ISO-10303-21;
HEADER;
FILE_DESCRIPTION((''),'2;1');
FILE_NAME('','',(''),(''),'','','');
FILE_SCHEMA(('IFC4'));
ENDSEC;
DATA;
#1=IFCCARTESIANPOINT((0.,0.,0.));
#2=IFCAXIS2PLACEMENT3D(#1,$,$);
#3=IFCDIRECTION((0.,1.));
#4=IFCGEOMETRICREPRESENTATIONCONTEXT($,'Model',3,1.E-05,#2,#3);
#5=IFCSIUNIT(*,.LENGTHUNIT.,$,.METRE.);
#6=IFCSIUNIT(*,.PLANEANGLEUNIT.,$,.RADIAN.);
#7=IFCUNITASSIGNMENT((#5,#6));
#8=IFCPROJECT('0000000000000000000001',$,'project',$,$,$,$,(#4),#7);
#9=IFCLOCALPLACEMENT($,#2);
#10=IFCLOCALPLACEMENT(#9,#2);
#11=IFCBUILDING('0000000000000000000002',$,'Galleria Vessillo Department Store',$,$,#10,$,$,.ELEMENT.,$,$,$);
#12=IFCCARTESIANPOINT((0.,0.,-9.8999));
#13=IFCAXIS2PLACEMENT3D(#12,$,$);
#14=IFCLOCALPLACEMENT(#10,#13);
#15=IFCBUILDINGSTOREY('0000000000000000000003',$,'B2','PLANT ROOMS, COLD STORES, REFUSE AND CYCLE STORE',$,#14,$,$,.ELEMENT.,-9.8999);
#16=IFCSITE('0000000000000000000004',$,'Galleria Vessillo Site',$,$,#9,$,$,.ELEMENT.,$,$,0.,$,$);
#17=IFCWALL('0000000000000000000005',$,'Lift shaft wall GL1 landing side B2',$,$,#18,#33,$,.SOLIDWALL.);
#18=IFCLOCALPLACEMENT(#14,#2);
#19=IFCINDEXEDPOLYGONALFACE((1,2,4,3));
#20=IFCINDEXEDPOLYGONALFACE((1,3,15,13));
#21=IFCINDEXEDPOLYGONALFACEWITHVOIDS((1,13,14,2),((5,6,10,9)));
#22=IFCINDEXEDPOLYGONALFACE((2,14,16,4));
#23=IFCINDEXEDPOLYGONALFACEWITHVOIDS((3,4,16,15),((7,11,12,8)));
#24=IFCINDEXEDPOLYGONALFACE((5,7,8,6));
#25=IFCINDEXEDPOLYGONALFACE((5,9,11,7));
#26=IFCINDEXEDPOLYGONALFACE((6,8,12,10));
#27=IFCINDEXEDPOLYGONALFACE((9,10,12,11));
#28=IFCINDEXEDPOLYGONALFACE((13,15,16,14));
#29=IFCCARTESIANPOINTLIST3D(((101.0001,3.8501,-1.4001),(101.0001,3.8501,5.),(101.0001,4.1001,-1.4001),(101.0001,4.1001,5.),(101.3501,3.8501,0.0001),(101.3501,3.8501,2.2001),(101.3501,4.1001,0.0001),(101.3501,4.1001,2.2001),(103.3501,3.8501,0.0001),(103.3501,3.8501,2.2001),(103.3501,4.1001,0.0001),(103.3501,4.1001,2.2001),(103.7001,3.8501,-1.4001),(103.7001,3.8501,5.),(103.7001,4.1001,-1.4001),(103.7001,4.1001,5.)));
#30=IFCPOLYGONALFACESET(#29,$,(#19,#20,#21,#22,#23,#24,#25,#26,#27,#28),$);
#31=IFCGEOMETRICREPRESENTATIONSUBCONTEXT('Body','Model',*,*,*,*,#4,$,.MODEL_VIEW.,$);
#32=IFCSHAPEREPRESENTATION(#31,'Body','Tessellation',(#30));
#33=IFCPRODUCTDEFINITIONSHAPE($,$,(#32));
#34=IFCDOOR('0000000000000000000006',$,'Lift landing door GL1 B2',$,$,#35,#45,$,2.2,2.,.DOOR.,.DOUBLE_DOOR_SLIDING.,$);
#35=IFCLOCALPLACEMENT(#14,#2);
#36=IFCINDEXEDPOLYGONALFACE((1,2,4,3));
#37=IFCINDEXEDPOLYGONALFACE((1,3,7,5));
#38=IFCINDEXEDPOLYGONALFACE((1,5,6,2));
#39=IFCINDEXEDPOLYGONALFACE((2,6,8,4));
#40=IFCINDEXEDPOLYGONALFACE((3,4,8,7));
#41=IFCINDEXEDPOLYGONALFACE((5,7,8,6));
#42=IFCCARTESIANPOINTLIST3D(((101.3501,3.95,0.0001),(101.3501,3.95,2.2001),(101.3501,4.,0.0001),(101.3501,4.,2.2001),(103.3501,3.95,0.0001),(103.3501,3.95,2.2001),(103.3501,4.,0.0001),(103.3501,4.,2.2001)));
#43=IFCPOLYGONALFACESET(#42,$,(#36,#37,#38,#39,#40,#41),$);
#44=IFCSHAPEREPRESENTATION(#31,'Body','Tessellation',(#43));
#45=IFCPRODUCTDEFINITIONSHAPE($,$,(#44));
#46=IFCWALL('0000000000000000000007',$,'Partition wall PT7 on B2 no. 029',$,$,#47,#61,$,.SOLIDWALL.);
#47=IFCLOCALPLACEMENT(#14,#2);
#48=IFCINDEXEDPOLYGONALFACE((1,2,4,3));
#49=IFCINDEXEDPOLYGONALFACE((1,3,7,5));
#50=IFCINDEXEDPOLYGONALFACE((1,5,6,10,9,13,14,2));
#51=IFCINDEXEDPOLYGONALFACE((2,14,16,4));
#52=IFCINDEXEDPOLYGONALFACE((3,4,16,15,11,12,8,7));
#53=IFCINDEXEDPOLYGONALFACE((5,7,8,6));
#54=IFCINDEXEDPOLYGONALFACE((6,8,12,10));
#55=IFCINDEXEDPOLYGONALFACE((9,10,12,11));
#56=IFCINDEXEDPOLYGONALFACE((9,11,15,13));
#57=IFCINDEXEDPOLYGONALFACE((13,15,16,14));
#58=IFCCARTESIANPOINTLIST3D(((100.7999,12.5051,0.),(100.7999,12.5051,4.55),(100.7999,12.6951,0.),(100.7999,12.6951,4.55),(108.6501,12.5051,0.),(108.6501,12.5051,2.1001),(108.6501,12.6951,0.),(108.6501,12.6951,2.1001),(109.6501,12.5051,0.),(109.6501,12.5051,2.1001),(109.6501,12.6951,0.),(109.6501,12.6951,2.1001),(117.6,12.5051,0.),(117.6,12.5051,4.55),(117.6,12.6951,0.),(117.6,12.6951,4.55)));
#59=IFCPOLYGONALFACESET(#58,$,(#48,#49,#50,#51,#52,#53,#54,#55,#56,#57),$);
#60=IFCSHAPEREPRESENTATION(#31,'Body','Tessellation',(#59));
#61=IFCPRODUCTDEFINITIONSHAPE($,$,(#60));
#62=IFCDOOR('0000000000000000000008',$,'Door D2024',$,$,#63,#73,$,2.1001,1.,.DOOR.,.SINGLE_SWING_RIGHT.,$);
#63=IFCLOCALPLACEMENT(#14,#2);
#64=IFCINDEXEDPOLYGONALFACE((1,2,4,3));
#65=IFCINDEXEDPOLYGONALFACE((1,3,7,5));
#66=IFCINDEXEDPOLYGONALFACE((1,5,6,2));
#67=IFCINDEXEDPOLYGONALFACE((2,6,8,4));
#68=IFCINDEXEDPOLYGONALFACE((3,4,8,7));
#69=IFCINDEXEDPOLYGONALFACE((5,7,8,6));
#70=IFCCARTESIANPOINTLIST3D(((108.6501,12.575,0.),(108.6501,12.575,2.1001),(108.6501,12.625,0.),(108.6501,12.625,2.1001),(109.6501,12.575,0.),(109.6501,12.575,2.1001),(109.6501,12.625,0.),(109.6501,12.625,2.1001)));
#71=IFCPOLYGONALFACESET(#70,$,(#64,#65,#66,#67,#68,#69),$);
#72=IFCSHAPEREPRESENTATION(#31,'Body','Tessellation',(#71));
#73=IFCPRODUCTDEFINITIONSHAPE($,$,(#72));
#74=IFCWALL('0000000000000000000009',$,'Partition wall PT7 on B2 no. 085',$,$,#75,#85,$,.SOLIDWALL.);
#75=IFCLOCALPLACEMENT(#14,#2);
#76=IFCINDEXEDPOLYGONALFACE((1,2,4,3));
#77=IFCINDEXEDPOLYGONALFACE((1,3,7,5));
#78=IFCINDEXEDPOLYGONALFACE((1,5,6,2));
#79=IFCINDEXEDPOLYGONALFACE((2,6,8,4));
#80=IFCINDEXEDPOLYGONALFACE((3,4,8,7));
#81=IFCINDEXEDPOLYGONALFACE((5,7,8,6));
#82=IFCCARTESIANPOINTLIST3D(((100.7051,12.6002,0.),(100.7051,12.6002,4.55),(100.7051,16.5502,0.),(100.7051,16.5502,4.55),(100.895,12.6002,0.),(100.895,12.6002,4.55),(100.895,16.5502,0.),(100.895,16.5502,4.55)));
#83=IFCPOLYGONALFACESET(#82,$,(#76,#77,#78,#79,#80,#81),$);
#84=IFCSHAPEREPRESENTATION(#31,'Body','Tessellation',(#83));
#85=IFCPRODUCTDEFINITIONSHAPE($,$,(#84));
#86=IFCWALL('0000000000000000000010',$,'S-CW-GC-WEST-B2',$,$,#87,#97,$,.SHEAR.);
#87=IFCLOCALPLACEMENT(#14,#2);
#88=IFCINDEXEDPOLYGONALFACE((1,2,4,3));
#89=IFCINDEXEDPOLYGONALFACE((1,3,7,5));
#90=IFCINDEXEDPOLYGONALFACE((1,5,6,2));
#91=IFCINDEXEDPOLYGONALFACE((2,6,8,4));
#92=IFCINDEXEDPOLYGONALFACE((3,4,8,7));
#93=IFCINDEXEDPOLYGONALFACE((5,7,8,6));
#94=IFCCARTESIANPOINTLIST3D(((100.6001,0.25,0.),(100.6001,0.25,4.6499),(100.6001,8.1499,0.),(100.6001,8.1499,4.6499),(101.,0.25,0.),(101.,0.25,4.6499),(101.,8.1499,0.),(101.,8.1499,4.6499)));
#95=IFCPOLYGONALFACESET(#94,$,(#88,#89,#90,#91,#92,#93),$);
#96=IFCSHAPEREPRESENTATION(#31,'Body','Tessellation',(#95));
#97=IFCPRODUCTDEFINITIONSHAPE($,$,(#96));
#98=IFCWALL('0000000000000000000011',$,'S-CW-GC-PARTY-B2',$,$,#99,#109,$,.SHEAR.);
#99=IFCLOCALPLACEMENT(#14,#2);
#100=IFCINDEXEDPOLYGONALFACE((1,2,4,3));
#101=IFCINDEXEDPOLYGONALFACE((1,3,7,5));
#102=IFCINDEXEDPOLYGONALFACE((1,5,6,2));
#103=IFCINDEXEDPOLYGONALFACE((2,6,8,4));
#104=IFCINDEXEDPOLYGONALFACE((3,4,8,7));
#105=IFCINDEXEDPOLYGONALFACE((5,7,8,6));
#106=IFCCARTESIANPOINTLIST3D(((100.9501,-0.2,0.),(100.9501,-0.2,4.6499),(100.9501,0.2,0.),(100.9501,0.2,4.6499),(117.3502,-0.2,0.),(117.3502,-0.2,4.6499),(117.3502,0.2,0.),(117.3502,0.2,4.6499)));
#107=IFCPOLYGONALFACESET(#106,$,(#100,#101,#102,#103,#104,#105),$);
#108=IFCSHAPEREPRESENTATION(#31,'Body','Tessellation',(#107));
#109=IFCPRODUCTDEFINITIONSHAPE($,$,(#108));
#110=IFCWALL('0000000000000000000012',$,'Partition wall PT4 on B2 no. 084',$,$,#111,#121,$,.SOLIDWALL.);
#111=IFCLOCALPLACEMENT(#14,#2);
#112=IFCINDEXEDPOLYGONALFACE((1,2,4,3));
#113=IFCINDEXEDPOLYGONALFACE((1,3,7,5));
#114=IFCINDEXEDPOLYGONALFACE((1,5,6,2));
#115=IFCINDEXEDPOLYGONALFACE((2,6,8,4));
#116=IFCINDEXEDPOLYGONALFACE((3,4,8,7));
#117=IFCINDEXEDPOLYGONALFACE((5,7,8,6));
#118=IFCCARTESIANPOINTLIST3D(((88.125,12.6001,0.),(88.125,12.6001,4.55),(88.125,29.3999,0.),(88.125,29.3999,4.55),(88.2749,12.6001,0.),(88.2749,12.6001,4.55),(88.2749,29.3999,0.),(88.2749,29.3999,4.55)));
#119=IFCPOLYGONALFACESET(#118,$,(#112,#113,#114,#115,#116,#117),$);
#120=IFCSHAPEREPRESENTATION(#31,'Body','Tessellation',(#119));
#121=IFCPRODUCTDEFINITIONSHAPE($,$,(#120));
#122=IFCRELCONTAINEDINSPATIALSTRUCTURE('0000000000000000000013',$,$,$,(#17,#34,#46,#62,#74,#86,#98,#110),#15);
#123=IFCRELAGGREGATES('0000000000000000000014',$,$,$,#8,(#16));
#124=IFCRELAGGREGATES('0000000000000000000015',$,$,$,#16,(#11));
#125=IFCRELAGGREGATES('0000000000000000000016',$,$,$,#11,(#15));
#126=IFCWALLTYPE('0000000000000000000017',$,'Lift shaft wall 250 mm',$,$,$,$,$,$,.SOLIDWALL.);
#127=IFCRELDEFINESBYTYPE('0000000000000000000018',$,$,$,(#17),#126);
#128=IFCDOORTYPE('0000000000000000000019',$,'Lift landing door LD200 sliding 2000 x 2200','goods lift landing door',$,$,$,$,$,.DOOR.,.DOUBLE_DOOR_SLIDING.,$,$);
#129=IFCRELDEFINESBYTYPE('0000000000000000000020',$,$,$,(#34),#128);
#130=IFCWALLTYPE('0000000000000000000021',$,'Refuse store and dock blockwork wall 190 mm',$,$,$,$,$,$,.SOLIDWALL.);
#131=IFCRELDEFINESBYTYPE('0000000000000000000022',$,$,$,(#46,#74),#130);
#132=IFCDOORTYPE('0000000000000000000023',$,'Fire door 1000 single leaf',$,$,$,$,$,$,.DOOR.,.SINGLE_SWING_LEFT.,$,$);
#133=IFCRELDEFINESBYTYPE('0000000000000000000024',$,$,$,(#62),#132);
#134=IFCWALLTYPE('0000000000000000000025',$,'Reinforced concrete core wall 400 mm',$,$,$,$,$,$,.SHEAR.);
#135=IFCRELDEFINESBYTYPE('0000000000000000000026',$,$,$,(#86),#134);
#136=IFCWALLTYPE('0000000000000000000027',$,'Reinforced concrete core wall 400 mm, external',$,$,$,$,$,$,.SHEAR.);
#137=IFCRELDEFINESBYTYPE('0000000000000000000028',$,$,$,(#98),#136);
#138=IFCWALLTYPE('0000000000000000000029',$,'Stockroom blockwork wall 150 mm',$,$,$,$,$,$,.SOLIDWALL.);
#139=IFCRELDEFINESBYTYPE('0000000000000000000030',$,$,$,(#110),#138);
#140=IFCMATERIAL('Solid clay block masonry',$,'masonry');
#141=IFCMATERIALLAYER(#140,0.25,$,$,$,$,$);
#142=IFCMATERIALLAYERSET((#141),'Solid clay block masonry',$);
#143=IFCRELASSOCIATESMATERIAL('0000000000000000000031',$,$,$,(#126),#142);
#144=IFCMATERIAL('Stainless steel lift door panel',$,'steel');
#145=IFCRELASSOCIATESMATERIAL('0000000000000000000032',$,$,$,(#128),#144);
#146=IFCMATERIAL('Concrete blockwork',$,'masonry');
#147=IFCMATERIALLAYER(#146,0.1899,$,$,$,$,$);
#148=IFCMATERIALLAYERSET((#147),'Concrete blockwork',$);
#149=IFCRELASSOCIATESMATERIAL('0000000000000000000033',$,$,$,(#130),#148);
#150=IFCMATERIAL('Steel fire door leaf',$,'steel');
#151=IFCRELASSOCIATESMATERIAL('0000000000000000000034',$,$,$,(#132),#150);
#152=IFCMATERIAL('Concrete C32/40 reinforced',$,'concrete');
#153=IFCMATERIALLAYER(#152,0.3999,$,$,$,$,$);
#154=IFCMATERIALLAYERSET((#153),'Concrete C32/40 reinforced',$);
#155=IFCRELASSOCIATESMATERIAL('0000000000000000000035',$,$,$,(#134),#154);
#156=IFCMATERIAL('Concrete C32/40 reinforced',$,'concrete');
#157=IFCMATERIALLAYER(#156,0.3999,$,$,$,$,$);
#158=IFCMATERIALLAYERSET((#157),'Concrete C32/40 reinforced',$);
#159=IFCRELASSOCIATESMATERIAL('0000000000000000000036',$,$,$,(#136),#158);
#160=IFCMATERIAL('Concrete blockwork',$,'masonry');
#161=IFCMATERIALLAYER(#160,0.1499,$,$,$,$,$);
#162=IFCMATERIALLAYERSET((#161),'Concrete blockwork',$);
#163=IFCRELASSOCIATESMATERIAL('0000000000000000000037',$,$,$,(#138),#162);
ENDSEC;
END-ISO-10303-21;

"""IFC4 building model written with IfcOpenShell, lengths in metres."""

from ifc_helpers import new_model, si_unit, direction, frame, frame_2d, origin, place, context, subcontext, project, spatial, rectangle, extrude, material, layer, layer_set, type_object, element, fill, save


model = new_model("IFC4")

# Units and contexts
model_context = context("Model", 3, precision=1e-05, world=origin(), true_north=direction((0.0, 1.0)))
body_context = subcontext(model_context, "Body", "Model", "MODEL_VIEW")
ifc_project = project(units=[si_unit("LENGTHUNIT", "METRE"), si_unit("PLANEANGLEUNIT", "RADIAN")], contexts=[model_context])

# Site, building, storey
site_placement = place(None, origin())
site = spatial("IfcSite", under=ifc_project, at=site_placement, Name="Galleria Vessillo Site", CompositionType="ELEMENT", RefElevation=0.0)
building_placement = place(site_placement, origin())
building = spatial("IfcBuilding", under=site, at=building_placement, Name="Galleria Vessillo Department Store", CompositionType="ELEMENT")
storey_placement = place(building_placement, frame((0.0, 0.0, -9.8999)))
storey = spatial("IfcBuildingStorey", under=building, at=storey_placement, Name="B2", Description="PLANT ROOMS, COLD STORES, REFUSE AND CYCLE STORE", CompositionType="ELEMENT", Elevation=-9.8999)

# Walls, openings, doors
ifc_material_1 = material(Name="Solid clay block masonry", Category="masonry")
ifc_layer_1 = layer(ifc_material_1, 0.25)
ifc_layer_set_1 = layer_set([ifc_layer_1], Name="Solid clay block masonry")
wall_type_1 = type_object("IfcWallType", Name="Lift shaft wall 250 mm", PredefinedType="SOLIDWALL", material=ifc_layer_set_1)
wall_1_placement = place(storey_placement, frame((101.0, 3.9751, -1.4001), z_axis=(0.0, 0.0, 1.0), x_axis=(1.0, 0.0, 0.0)))
wall_1 = element("IfcWall", 1, at=wall_1_placement, inside=storey, type_object=wall_type_1, Name="Lift shaft wall GL1 landing side B2", PredefinedType="SOLIDWALL", context=body_context, shape_type="SweptSolid", body=[
    extrude(rectangle(XDim=2.7, YDim=0.25, at=frame_2d((1.3501, 0.0))), origin(), (0.0, 0.0, 1.0), 6.4001),
])
opening_1_placement = place(wall_1_placement, frame((0.3501, 0.0, 1.4001)))
opening_1 = element("IfcOpeningElement", 2, at=opening_1_placement, cuts=wall_1, PredefinedType="OPENING", context=body_context, shape_type="SweptSolid", body=[
    extrude(rectangle(XDim=2.0, YDim=2.2, at=frame_2d((1.0, 1.1001))), frame((0.0, 0.135, 0.0), z_axis=(0.0, -1.0, 0.0), x_axis=(1.0, 0.0, 0.0)), (0.0, 0.0, 1.0), 0.27),
])
ifc_material_2 = material(Name="Stainless steel lift door panel", Category="steel")
door_type_1 = type_object("IfcDoorType", Name="Lift landing door LD200 sliding 2000 x 2200", Description="goods lift landing door", OperationType="DOUBLE_DOOR_SLIDING", PredefinedType="DOOR", material=ifc_material_2)
door_1_placement = place(opening_1_placement, origin())
door_1 = element("IfcDoor", 3, at=door_1_placement, inside=storey, type_object=door_type_1, Name="Lift landing door GL1 B2", OperationType="DOUBLE_DOOR_SLIDING", OverallHeight=2.2, OverallWidth=2.0, PredefinedType="DOOR", context=body_context, shape_type="SweptSolid", body=[
    extrude(rectangle(XDim=2.0, YDim=2.2, at=frame_2d((1.0, 1.1001))), frame((0.0, 0.0249, 0.0), z_axis=(0.0, -1.0, 0.0), x_axis=(1.0, 0.0, 0.0)), (0.0, 0.0, 1.0), 0.05),
])
fill(opening_1, door_1)
ifc_material_3 = material(Name="Concrete blockwork", Category="masonry")
ifc_layer_2 = layer(ifc_material_3, 0.1899)
ifc_layer_set_2 = layer_set([ifc_layer_2], Name="Concrete blockwork")
wall_type_2 = type_object("IfcWallType", Name="Refuse store and dock blockwork wall 190 mm", PredefinedType="SOLIDWALL", material=ifc_layer_set_2)
wall_2_placement = place(storey_placement, frame((100.8, 12.6001, 0.0), z_axis=(0.0, 0.0, 1.0), x_axis=(1.0, 0.0, 0.0)))
wall_2 = element("IfcWall", 4, at=wall_2_placement, inside=storey, type_object=wall_type_2, Name="Partition wall PT7 on B2 no. 029", PredefinedType="SOLIDWALL", context=body_context, shape_type="SweptSolid", body=[
    extrude(rectangle(XDim=16.8, YDim=0.1899, at=frame_2d((8.3999, 0.0))), origin(), (0.0, 0.0, 1.0), 4.55),
])
opening_2_placement = place(wall_2_placement, frame((7.8501, 0.0, 0.0)))
opening_2 = element("IfcOpeningElement", 5, at=opening_2_placement, cuts=wall_2, PredefinedType="OPENING", context=body_context, shape_type="SweptSolid", body=[
    extrude(rectangle(XDim=1.0, YDim=2.1001, at=frame_2d((0.5, 1.05))), frame((0.0, 0.105, 0.0), z_axis=(0.0, -1.0, 0.0), x_axis=(1.0, 0.0, 0.0)), (0.0, 0.0, 1.0), 0.21),
])
ifc_material_4 = material(Name="Steel fire door leaf", Category="steel")
door_type_2 = type_object("IfcDoorType", Name="Fire door 1000 single leaf", OperationType="SINGLE_SWING_LEFT", PredefinedType="DOOR", material=ifc_material_4)
door_2_placement = place(opening_2_placement, origin())
door_2 = element("IfcDoor", 6, at=door_2_placement, inside=storey, type_object=door_type_2, Name="Door D2024", OperationType="SINGLE_SWING_RIGHT", OverallHeight=2.1001, OverallWidth=1.0, PredefinedType="DOOR", context=body_context, shape_type="SweptSolid", body=[
    extrude(rectangle(XDim=1.0, YDim=2.1001, at=frame_2d((0.5, 1.05))), frame((0.0, 0.0249, 0.0), z_axis=(0.0, -1.0, 0.0), x_axis=(1.0, 0.0, 0.0)), (0.0, 0.0, 1.0), 0.05),
])
fill(opening_2, door_2)

# Wall
wall_3_placement = place(storey_placement, frame((100.8, 12.6001, 0.0), z_axis=(0.0, 0.0, 1.0), x_axis=(0.0, 1.0, 0.0)))
element("IfcWall", 7, at=wall_3_placement, inside=storey, type_object=wall_type_2, Name="Partition wall PT7 on B2 no. 085", PredefinedType="SOLIDWALL", context=body_context, shape_type="SweptSolid", body=[
    extrude(rectangle(XDim=3.95, YDim=0.1899, at=frame_2d((1.9751, 0.0))), origin(), (0.0, 0.0, 1.0), 4.55),
])

# Shared definitions
ifc_material_5 = material(Name="Concrete C32/40 reinforced", Category="concrete")
ifc_layer_3 = layer(ifc_material_5, 0.3999)
ifc_layer_set_3 = layer_set([ifc_layer_3], Name="Concrete C32/40 reinforced")
wall_type_3 = type_object("IfcWallType", Name="Reinforced concrete core wall 400 mm", PredefinedType="SHEAR", material=ifc_layer_set_3)

# Walls
wall_4_placement = place(storey_placement, frame((100.8, 0.25, 0.0), z_axis=(0.0, 0.0, 1.0), x_axis=(0.0, 1.0, 0.0)))
element("IfcWall", 8, at=wall_4_placement, inside=storey, type_object=wall_type_3, Name="S-CW-GC-WEST-B2", PredefinedType="SHEAR", context=body_context, shape_type="SweptSolid", body=[
    extrude(rectangle(XDim=7.8999, YDim=0.3999, at=frame_2d((3.95, 0.0))), origin(), (0.0, 0.0, 1.0), 4.6499),
])
ifc_material_6 = material(Name="Concrete C32/40 reinforced", Category="concrete")
ifc_layer_4 = layer(ifc_material_6, 0.3999)
ifc_layer_set_4 = layer_set([ifc_layer_4], Name="Concrete C32/40 reinforced")
wall_type_4 = type_object("IfcWallType", Name="Reinforced concrete core wall 400 mm, external", PredefinedType="SHEAR", material=ifc_layer_set_4)
wall_5_placement = place(storey_placement, frame((100.95, 0.0, 0.0), z_axis=(0.0, 0.0, 1.0), x_axis=(1.0, 0.0, 0.0)))
element("IfcWall", 9, at=wall_5_placement, inside=storey, type_object=wall_type_4, Name="S-CW-GC-PARTY-B2", PredefinedType="SHEAR", context=body_context, shape_type="SweptSolid", body=[
    extrude(rectangle(XDim=16.4001, YDim=0.3999, at=frame_2d((8.2002, 0.0))), origin(), (0.0, 0.0, 1.0), 4.6499),
])
ifc_material_7 = material(Name="Concrete blockwork", Category="masonry")
ifc_layer_5 = layer(ifc_material_7, 0.1499)
ifc_layer_set_5 = layer_set([ifc_layer_5], Name="Concrete blockwork")
wall_type_5 = type_object("IfcWallType", Name="Stockroom blockwork wall 150 mm", PredefinedType="SOLIDWALL", material=ifc_layer_set_5)
wall_6_placement = place(storey_placement, frame((88.2, 12.6001, 0.0), z_axis=(0.0, 0.0, 1.0), x_axis=(0.0, 1.0, 0.0)))
element("IfcWall", 10, at=wall_6_placement, inside=storey, type_object=wall_type_5, Name="Partition wall PT4 on B2 no. 084", PredefinedType="SOLIDWALL", context=body_context, shape_type="SweptSolid", body=[
    extrude(rectangle(XDim=16.7998, YDim=0.1499, at=frame_2d((8.3999, 0.0))), origin(), (0.0, 0.0, 1.0), 4.55),
])

save(model, "model.ifc")
